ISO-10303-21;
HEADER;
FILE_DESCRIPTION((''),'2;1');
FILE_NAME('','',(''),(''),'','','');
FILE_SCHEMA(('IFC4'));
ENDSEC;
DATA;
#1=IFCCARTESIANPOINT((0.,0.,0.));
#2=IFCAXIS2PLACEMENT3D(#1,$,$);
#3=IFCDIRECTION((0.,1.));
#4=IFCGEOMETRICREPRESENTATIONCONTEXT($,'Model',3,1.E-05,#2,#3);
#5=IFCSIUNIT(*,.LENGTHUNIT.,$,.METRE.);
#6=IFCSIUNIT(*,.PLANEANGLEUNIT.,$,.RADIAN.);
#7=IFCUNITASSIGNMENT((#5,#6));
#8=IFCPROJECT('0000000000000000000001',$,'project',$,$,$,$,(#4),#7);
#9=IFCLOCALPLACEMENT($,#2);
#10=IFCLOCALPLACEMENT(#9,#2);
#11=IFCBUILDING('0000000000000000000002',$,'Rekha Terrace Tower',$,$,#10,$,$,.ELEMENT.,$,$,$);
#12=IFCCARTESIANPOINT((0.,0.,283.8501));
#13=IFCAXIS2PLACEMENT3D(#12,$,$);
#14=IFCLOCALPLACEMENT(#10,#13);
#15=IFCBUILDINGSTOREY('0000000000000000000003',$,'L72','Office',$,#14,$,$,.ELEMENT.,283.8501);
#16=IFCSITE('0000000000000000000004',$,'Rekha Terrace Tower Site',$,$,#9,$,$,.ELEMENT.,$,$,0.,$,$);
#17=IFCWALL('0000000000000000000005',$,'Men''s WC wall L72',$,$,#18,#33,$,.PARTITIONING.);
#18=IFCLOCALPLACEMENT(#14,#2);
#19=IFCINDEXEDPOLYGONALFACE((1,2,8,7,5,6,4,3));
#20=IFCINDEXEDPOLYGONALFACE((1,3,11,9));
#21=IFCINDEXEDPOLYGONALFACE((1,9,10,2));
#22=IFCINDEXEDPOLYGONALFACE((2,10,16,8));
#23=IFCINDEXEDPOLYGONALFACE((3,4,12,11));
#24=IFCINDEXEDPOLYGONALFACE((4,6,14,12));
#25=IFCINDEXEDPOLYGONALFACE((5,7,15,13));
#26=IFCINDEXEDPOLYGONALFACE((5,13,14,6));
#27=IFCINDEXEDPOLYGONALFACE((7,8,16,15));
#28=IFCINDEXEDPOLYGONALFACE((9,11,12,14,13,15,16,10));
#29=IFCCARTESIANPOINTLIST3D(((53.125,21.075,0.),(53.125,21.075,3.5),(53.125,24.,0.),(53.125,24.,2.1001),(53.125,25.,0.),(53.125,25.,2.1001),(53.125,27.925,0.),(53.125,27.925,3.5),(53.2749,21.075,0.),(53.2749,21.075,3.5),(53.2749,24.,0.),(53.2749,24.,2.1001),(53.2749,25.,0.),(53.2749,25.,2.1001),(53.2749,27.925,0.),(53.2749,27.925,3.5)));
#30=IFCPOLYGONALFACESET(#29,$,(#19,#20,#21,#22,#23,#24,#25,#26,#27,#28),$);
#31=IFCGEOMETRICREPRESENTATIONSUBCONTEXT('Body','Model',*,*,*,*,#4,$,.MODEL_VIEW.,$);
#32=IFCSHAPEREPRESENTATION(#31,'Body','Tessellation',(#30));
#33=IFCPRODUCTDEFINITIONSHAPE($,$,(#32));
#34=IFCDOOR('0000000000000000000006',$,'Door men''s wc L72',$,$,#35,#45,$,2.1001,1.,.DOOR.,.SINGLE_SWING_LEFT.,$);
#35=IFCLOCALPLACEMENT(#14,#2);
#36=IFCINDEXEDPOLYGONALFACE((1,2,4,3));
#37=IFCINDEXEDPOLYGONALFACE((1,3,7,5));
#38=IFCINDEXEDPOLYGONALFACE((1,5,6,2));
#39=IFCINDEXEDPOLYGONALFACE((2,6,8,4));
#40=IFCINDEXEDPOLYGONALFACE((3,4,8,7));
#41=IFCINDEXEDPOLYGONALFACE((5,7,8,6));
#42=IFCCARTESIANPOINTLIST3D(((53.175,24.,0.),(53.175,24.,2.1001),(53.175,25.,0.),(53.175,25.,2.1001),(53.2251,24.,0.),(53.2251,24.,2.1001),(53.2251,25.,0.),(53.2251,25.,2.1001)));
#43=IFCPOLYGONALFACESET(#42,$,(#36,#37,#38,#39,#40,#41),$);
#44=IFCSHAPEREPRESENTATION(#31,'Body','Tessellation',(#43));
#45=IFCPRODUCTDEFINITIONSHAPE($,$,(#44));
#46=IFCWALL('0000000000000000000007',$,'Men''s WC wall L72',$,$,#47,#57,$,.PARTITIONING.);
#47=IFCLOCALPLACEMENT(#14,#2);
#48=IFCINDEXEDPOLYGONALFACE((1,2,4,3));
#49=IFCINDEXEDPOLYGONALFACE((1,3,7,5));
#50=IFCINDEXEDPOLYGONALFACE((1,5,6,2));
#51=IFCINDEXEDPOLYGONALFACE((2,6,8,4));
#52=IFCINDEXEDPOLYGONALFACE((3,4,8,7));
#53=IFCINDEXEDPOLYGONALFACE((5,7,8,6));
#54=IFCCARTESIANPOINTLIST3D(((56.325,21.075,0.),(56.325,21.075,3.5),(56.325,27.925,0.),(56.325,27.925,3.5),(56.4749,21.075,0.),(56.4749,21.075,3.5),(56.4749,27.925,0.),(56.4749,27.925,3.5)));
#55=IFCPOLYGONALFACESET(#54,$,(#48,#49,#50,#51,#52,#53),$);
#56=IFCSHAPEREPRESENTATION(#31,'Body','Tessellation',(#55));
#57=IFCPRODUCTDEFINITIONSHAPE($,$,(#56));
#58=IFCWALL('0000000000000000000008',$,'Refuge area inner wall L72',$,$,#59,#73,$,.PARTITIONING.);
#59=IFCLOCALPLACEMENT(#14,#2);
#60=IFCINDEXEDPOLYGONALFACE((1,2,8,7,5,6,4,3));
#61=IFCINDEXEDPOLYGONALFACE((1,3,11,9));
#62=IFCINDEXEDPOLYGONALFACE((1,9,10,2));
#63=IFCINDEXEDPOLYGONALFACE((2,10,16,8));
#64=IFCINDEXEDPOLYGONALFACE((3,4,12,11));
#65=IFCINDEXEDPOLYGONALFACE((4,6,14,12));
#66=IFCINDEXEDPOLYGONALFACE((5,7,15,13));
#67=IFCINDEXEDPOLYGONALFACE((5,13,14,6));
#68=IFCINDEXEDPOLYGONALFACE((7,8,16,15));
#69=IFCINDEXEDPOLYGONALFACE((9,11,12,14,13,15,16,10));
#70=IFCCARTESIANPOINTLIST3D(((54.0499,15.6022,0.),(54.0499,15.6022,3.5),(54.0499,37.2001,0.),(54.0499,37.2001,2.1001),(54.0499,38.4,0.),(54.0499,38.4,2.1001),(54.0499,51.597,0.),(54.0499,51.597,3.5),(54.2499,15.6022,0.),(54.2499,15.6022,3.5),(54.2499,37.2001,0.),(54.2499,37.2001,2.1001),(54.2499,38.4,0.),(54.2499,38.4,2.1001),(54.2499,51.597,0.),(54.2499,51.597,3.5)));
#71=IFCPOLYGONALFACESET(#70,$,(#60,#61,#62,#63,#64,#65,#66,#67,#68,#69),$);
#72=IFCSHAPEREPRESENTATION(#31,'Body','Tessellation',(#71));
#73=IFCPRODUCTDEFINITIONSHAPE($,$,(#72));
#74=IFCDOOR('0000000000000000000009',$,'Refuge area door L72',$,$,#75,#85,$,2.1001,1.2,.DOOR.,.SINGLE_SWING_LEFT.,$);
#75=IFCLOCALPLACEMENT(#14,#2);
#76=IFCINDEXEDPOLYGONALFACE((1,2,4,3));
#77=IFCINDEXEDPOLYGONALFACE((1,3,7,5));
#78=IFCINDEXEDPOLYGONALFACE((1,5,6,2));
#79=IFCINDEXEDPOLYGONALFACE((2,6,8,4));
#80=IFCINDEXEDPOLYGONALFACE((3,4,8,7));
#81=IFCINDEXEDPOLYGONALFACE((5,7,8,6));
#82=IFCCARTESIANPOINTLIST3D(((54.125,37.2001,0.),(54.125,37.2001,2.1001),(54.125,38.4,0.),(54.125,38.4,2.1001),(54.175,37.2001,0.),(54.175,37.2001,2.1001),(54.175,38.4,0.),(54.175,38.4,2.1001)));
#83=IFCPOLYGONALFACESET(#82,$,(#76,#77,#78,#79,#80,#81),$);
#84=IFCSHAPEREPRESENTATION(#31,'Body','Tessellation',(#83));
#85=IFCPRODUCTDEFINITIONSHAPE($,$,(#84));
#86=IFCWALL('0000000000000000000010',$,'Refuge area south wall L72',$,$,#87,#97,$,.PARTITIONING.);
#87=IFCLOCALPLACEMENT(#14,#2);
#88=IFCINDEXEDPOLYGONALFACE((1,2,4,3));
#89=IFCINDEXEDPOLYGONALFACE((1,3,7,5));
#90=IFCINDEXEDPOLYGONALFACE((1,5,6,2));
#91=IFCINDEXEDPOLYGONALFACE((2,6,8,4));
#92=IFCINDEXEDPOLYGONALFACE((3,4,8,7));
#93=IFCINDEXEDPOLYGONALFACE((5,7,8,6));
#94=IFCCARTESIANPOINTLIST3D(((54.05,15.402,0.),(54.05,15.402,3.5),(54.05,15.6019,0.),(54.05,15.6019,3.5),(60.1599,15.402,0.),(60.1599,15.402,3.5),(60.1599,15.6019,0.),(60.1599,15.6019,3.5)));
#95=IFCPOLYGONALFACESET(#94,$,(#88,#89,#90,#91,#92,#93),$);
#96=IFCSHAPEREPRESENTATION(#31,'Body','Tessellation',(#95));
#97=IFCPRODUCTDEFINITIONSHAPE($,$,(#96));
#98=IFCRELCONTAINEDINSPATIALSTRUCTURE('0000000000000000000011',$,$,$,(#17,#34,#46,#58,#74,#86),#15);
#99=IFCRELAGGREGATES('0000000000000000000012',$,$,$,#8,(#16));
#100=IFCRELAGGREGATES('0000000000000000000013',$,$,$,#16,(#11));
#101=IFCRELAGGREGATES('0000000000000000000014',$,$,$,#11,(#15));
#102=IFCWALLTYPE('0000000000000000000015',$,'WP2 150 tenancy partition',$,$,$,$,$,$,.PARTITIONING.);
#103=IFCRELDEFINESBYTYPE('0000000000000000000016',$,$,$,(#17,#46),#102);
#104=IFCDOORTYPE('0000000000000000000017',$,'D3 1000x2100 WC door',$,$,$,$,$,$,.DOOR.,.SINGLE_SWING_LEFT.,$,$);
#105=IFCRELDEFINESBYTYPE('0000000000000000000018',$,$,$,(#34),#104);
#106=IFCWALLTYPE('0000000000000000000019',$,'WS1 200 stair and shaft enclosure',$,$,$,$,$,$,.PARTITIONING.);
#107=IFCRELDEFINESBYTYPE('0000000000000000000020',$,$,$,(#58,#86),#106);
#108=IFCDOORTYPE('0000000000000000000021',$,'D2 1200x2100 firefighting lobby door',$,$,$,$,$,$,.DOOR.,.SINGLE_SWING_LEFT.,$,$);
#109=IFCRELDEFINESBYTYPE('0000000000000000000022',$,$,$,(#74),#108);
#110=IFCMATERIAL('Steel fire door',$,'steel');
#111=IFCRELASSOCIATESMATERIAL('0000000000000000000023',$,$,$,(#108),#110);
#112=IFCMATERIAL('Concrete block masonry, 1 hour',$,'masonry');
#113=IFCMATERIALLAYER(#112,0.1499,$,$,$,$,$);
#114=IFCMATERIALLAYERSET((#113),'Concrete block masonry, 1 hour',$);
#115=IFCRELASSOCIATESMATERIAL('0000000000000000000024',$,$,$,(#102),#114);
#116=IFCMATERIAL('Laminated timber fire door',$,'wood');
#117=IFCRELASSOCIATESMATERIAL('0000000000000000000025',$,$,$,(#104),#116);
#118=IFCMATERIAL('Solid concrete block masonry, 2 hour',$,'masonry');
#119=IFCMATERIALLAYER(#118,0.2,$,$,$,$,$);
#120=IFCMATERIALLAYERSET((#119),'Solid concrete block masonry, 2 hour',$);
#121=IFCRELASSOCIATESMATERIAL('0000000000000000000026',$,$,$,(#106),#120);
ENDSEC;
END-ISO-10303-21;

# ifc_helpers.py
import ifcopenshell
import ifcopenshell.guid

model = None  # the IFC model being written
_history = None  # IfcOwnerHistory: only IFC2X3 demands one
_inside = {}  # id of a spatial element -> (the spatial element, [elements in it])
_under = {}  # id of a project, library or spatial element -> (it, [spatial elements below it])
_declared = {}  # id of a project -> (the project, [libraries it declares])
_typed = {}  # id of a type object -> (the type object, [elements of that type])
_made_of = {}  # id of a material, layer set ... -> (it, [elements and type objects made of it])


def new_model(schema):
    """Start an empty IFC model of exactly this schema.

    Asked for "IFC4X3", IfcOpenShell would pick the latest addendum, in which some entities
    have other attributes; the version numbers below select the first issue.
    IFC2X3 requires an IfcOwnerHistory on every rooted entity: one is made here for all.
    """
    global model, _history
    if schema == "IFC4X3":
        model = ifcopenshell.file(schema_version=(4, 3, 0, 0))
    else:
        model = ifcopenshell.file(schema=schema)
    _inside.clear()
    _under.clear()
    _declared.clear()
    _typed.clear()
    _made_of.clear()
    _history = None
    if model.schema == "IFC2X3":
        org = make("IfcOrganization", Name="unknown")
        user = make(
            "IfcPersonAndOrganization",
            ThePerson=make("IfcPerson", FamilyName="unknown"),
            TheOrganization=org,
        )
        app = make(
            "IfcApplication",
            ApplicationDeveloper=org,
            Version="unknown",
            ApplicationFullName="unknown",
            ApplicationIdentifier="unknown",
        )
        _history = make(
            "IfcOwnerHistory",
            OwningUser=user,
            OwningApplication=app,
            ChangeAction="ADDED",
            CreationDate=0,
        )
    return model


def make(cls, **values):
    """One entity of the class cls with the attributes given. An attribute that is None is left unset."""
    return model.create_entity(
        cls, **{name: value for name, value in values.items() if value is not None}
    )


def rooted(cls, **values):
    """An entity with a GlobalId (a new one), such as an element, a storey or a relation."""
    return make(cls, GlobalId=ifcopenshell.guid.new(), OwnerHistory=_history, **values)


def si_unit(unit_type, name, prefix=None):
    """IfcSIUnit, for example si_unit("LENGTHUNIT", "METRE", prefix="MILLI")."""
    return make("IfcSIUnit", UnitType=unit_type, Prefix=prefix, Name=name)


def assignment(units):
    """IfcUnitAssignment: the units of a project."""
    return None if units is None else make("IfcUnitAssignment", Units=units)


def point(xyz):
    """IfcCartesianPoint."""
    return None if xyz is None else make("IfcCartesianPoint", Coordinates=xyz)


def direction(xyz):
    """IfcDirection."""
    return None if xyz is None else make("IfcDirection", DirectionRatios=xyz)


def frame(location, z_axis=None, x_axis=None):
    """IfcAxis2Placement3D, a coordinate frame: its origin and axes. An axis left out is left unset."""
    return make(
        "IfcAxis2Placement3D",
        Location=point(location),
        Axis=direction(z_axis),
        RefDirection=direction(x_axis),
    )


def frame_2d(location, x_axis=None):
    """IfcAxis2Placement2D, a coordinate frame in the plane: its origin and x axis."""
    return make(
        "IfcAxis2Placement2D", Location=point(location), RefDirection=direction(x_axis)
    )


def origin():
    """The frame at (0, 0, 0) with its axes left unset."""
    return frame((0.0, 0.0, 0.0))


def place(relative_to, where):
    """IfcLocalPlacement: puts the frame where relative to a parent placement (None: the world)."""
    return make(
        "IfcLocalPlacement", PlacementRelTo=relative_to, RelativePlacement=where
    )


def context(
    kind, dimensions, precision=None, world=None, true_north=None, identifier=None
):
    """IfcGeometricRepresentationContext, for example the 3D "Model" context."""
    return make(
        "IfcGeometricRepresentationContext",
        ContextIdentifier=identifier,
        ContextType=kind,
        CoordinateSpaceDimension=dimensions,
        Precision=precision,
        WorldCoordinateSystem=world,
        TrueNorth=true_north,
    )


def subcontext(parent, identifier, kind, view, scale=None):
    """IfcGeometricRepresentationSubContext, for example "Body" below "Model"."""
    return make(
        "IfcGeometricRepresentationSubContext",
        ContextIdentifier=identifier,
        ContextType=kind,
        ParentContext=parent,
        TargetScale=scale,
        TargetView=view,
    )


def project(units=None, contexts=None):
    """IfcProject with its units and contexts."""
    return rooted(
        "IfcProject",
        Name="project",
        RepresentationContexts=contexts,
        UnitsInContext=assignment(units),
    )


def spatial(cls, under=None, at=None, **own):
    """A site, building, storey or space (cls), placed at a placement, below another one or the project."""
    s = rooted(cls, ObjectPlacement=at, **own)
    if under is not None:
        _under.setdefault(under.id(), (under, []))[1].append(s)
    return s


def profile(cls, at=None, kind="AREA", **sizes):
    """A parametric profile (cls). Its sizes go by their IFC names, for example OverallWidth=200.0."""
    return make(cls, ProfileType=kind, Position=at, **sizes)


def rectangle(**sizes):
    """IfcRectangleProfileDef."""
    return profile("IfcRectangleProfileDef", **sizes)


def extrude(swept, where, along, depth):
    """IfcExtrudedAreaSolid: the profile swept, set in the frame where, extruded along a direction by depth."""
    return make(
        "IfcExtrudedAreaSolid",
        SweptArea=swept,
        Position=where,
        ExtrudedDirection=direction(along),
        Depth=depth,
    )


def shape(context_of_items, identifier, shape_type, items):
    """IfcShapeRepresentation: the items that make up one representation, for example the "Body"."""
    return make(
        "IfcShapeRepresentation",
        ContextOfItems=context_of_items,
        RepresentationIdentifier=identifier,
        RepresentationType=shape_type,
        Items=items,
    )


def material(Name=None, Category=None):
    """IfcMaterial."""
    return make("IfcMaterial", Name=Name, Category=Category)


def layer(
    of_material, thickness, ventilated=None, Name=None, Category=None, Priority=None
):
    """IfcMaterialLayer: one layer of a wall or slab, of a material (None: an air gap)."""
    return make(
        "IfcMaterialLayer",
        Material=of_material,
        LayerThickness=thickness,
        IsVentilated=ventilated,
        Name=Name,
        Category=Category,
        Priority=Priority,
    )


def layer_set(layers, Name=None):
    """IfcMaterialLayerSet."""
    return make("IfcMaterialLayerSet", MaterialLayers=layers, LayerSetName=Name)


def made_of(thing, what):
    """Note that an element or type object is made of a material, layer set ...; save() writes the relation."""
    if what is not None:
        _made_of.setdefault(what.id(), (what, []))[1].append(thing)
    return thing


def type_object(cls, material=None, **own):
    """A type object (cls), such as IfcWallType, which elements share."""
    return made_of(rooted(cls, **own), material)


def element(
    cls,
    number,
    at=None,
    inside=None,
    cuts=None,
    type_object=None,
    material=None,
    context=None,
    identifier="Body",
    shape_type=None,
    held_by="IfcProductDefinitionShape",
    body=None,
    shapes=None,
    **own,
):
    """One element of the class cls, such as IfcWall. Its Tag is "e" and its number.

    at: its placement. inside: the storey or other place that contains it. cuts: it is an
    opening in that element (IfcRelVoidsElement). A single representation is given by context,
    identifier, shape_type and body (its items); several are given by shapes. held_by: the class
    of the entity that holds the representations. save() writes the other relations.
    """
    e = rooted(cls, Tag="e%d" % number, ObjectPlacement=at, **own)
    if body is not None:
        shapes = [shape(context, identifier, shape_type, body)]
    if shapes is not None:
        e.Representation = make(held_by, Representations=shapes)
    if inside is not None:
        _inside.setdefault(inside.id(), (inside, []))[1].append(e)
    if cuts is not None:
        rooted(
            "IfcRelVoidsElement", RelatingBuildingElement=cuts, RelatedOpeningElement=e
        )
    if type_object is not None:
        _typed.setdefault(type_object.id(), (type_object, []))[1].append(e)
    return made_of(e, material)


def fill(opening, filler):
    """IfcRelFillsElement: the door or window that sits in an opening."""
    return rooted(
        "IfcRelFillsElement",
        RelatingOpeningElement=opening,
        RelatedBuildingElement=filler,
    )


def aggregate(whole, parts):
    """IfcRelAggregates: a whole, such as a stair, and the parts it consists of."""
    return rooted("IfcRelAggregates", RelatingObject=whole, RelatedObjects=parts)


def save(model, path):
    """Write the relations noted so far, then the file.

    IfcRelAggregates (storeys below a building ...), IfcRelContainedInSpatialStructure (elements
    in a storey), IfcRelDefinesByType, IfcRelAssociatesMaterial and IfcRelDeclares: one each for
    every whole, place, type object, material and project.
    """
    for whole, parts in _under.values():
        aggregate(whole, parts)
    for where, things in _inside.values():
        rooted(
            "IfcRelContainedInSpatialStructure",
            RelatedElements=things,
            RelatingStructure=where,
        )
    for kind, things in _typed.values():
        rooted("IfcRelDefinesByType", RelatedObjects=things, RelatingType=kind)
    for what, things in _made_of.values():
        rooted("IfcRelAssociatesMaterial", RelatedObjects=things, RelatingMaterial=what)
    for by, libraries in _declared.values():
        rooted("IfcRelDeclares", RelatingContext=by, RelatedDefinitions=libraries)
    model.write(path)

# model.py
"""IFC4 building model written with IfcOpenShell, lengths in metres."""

from ifc_helpers import new_model, si_unit, direction, frame, frame_2d, origin, place, context, subcontext, project, spatial, rectangle, extrude, material, layer, layer_set, type_object, element, fill, save


model = new_model("IFC4")

# Units and contexts
model_context = context("Model", 3, precision=1e-05, world=origin(), true_north=direction((0.0, 1.0)))
body_context = subcontext(model_context, "Body", "Model", "MODEL_VIEW")
ifc_project = project(units=[si_unit("LENGTHUNIT", "METRE"), si_unit("PLANEANGLEUNIT", "RADIAN")], contexts=[model_context])

# Site, building, storey
site_placement = place(None, origin())
site = spatial("IfcSite", under=ifc_project, at=site_placement, Name="Rekha Terrace Tower Site", CompositionType="ELEMENT", RefElevation=0.0)
building_placement = place(site_placement, origin())
building = spatial("IfcBuilding", under=site, at=building_placement, Name="Rekha Terrace Tower", CompositionType="ELEMENT")
storey_placement = place(building_placement, frame((0.0, 0.0, 283.8501)))
storey = spatial("IfcBuildingStorey", under=building, at=storey_placement, Name="L72", Description="Office", CompositionType="ELEMENT", Elevation=283.8501)

# Shared definitions
ifc_material_1 = material(Name="Steel fire door", Category="steel")
door_type_1 = type_object("IfcDoorType", Name="D2 1200x2100 firefighting lobby door", OperationType="SINGLE_SWING_LEFT", PredefinedType="DOOR", material=ifc_material_1)

# Shared definitions
ifc_material_2 = material(Name="Concrete block masonry, 1 hour", Category="masonry")
ifc_layer_1 = layer(ifc_material_2, 0.1499)
ifc_layer_set_1 = layer_set([ifc_layer_1], Name="Concrete block masonry, 1 hour")
wall_type_1 = type_object("IfcWallType", Name="WP2 150 tenancy partition", PredefinedType="PARTITIONING", material=ifc_layer_set_1)

# Wall, opening, door
wall_1_placement = place(storey_placement, frame((53.2, 21.075, 0.0), z_axis=(0.0, 0.0, 1.0), x_axis=(0.0, 1.0, 0.0)))
wall_1 = element("IfcWall", 1, at=wall_1_placement, inside=storey, type_object=wall_type_1, Name="Men's WC wall L72", PredefinedType="PARTITIONING", context=body_context, shape_type="SweptSolid", body=[
    extrude(rectangle(XDim=6.8501, YDim=0.1499, at=frame_2d((3.425, 0.0))), origin(), (0.0, 0.0, 1.0), 3.5),
])
opening_1_placement = place(wall_1_placement, frame((2.925, 0.0, 0.0)))
opening_1 = element("IfcOpeningElement", 2, at=opening_1_placement, cuts=wall_1, PredefinedType="OPENING", context=body_context, shape_type="SweptSolid", body=[
    extrude(rectangle(XDim=1.0, YDim=2.1001, at=frame_2d((0.5, 1.05))), frame((0.0, 0.085, 0.0), z_axis=(0.0, -1.0, 0.0), x_axis=(1.0, 0.0, 0.0)), (0.0, 0.0, 1.0), 0.1699),
])
ifc_material_3 = material(Name="Laminated timber fire door", Category="wood")
door_type_2 = type_object("IfcDoorType", Name="D3 1000x2100 WC door", OperationType="SINGLE_SWING_LEFT", PredefinedType="DOOR", material=ifc_material_3)
door_1_placement = place(opening_1_placement, origin())
door_1 = element("IfcDoor", 3, at=door_1_placement, inside=storey, type_object=door_type_2, Name="Door men's wc L72", OperationType="SINGLE_SWING_LEFT", OverallHeight=2.1001, OverallWidth=1.0, PredefinedType="DOOR", context=body_context, shape_type="SweptSolid", body=[
    extrude(rectangle(XDim=1.0, YDim=2.1001, at=frame_2d((0.5, 1.05))), frame((0.0, 0.0249, 0.0), z_axis=(0.0, -1.0, 0.0), x_axis=(1.0, 0.0, 0.0)), (0.0, 0.0, 1.0), 0.05),
])
fill(opening_1, door_1)

# Wall
wall_2_placement = place(storey_placement, frame((56.3999, 21.075, 0.0), z_axis=(0.0, 0.0, 1.0), x_axis=(0.0, 1.0, 0.0)))
element("IfcWall", 4, at=wall_2_placement, inside=storey, type_object=wall_type_1, Name="Men's WC wall L72", PredefinedType="PARTITIONING", context=body_context, shape_type="SweptSolid", body=[
    extrude(rectangle(XDim=6.8501, YDim=0.1499, at=frame_2d((3.425, 0.0))), origin(), (0.0, 0.0, 1.0), 3.5),
])

# Wall, opening, door
ifc_material_4 = material(Name="Solid concrete block masonry, 2 hour", Category="masonry")
ifc_layer_2 = layer(ifc_material_4, 0.2)
ifc_layer_set_2 = layer_set([ifc_layer_2], Name="Solid concrete block masonry, 2 hour")
wall_type_2 = type_object("IfcWallType", Name="WS1 200 stair and shaft enclosure", PredefinedType="PARTITIONING", material=ifc_layer_set_2)
wall_3_placement = place(storey_placement, frame((54.1499, 15.6021, 0.0), z_axis=(0.0, 0.0, 1.0), x_axis=(0.0, 1.0, 0.0)))
wall_3 = element("IfcWall", 5, at=wall_3_placement, inside=storey, type_object=wall_type_2, Name="Refuge area inner wall L72", PredefinedType="PARTITIONING", context=body_context, shape_type="SweptSolid", body=[
    extrude(rectangle(XDim=35.9949, YDim=0.2, at=frame_2d((17.9976, 0.0))), origin(), (0.0, 0.0, 1.0), 3.5),
])
opening_2_placement = place(wall_3_placement, frame((21.5979, 0.0, 0.0)))
opening_2 = element("IfcOpeningElement", 6, at=opening_2_placement, cuts=wall_3, PredefinedType="OPENING", context=body_context, shape_type="SweptSolid", body=[
    extrude(rectangle(XDim=1.2, YDim=2.1001, at=frame_2d((0.6001, 1.05))), frame((0.0, 0.1099, 0.0), z_axis=(0.0, -1.0, 0.0), x_axis=(1.0, 0.0, 0.0)), (0.0, 0.0, 1.0), 0.22),
])
door_2_placement = place(opening_2_placement, origin())
door_2 = element("IfcDoor", 7, at=door_2_placement, inside=storey, type_object=door_type_1, Name="Refuge area door L72", OperationType="SINGLE_SWING_LEFT", OverallHeight=2.1001, OverallWidth=1.2, PredefinedType="DOOR", context=body_context, shape_type="SweptSolid", body=[
    extrude(rectangle(XDim=1.2, YDim=2.1001, at=frame_2d((0.6001, 1.05))), frame((0.0, 0.0249, 0.0), z_axis=(0.0, -1.0, 0.0), x_axis=(1.0, 0.0, 0.0)), (0.0, 0.0, 1.0), 0.05),
])
fill(opening_2, door_2)

# Wall
wall_4_placement = place(storey_placement, frame((54.05, 15.502, 0.0), z_axis=(0.0, 0.0, 1.0), x_axis=(1.0, 0.0, 0.0)))
element("IfcWall", 8, at=wall_4_placement, inside=storey, type_object=wall_type_2, Name="Refuge area south wall L72", PredefinedType="PARTITIONING", context=body_context, shape_type="SweptSolid", body=[
    extrude(rectangle(XDim=6.1099, YDim=0.2, at=frame_2d((3.0549, 0.0))), origin(), (0.0, 0.0, 1.0), 3.5),
])

save(model, "model.ifc")
